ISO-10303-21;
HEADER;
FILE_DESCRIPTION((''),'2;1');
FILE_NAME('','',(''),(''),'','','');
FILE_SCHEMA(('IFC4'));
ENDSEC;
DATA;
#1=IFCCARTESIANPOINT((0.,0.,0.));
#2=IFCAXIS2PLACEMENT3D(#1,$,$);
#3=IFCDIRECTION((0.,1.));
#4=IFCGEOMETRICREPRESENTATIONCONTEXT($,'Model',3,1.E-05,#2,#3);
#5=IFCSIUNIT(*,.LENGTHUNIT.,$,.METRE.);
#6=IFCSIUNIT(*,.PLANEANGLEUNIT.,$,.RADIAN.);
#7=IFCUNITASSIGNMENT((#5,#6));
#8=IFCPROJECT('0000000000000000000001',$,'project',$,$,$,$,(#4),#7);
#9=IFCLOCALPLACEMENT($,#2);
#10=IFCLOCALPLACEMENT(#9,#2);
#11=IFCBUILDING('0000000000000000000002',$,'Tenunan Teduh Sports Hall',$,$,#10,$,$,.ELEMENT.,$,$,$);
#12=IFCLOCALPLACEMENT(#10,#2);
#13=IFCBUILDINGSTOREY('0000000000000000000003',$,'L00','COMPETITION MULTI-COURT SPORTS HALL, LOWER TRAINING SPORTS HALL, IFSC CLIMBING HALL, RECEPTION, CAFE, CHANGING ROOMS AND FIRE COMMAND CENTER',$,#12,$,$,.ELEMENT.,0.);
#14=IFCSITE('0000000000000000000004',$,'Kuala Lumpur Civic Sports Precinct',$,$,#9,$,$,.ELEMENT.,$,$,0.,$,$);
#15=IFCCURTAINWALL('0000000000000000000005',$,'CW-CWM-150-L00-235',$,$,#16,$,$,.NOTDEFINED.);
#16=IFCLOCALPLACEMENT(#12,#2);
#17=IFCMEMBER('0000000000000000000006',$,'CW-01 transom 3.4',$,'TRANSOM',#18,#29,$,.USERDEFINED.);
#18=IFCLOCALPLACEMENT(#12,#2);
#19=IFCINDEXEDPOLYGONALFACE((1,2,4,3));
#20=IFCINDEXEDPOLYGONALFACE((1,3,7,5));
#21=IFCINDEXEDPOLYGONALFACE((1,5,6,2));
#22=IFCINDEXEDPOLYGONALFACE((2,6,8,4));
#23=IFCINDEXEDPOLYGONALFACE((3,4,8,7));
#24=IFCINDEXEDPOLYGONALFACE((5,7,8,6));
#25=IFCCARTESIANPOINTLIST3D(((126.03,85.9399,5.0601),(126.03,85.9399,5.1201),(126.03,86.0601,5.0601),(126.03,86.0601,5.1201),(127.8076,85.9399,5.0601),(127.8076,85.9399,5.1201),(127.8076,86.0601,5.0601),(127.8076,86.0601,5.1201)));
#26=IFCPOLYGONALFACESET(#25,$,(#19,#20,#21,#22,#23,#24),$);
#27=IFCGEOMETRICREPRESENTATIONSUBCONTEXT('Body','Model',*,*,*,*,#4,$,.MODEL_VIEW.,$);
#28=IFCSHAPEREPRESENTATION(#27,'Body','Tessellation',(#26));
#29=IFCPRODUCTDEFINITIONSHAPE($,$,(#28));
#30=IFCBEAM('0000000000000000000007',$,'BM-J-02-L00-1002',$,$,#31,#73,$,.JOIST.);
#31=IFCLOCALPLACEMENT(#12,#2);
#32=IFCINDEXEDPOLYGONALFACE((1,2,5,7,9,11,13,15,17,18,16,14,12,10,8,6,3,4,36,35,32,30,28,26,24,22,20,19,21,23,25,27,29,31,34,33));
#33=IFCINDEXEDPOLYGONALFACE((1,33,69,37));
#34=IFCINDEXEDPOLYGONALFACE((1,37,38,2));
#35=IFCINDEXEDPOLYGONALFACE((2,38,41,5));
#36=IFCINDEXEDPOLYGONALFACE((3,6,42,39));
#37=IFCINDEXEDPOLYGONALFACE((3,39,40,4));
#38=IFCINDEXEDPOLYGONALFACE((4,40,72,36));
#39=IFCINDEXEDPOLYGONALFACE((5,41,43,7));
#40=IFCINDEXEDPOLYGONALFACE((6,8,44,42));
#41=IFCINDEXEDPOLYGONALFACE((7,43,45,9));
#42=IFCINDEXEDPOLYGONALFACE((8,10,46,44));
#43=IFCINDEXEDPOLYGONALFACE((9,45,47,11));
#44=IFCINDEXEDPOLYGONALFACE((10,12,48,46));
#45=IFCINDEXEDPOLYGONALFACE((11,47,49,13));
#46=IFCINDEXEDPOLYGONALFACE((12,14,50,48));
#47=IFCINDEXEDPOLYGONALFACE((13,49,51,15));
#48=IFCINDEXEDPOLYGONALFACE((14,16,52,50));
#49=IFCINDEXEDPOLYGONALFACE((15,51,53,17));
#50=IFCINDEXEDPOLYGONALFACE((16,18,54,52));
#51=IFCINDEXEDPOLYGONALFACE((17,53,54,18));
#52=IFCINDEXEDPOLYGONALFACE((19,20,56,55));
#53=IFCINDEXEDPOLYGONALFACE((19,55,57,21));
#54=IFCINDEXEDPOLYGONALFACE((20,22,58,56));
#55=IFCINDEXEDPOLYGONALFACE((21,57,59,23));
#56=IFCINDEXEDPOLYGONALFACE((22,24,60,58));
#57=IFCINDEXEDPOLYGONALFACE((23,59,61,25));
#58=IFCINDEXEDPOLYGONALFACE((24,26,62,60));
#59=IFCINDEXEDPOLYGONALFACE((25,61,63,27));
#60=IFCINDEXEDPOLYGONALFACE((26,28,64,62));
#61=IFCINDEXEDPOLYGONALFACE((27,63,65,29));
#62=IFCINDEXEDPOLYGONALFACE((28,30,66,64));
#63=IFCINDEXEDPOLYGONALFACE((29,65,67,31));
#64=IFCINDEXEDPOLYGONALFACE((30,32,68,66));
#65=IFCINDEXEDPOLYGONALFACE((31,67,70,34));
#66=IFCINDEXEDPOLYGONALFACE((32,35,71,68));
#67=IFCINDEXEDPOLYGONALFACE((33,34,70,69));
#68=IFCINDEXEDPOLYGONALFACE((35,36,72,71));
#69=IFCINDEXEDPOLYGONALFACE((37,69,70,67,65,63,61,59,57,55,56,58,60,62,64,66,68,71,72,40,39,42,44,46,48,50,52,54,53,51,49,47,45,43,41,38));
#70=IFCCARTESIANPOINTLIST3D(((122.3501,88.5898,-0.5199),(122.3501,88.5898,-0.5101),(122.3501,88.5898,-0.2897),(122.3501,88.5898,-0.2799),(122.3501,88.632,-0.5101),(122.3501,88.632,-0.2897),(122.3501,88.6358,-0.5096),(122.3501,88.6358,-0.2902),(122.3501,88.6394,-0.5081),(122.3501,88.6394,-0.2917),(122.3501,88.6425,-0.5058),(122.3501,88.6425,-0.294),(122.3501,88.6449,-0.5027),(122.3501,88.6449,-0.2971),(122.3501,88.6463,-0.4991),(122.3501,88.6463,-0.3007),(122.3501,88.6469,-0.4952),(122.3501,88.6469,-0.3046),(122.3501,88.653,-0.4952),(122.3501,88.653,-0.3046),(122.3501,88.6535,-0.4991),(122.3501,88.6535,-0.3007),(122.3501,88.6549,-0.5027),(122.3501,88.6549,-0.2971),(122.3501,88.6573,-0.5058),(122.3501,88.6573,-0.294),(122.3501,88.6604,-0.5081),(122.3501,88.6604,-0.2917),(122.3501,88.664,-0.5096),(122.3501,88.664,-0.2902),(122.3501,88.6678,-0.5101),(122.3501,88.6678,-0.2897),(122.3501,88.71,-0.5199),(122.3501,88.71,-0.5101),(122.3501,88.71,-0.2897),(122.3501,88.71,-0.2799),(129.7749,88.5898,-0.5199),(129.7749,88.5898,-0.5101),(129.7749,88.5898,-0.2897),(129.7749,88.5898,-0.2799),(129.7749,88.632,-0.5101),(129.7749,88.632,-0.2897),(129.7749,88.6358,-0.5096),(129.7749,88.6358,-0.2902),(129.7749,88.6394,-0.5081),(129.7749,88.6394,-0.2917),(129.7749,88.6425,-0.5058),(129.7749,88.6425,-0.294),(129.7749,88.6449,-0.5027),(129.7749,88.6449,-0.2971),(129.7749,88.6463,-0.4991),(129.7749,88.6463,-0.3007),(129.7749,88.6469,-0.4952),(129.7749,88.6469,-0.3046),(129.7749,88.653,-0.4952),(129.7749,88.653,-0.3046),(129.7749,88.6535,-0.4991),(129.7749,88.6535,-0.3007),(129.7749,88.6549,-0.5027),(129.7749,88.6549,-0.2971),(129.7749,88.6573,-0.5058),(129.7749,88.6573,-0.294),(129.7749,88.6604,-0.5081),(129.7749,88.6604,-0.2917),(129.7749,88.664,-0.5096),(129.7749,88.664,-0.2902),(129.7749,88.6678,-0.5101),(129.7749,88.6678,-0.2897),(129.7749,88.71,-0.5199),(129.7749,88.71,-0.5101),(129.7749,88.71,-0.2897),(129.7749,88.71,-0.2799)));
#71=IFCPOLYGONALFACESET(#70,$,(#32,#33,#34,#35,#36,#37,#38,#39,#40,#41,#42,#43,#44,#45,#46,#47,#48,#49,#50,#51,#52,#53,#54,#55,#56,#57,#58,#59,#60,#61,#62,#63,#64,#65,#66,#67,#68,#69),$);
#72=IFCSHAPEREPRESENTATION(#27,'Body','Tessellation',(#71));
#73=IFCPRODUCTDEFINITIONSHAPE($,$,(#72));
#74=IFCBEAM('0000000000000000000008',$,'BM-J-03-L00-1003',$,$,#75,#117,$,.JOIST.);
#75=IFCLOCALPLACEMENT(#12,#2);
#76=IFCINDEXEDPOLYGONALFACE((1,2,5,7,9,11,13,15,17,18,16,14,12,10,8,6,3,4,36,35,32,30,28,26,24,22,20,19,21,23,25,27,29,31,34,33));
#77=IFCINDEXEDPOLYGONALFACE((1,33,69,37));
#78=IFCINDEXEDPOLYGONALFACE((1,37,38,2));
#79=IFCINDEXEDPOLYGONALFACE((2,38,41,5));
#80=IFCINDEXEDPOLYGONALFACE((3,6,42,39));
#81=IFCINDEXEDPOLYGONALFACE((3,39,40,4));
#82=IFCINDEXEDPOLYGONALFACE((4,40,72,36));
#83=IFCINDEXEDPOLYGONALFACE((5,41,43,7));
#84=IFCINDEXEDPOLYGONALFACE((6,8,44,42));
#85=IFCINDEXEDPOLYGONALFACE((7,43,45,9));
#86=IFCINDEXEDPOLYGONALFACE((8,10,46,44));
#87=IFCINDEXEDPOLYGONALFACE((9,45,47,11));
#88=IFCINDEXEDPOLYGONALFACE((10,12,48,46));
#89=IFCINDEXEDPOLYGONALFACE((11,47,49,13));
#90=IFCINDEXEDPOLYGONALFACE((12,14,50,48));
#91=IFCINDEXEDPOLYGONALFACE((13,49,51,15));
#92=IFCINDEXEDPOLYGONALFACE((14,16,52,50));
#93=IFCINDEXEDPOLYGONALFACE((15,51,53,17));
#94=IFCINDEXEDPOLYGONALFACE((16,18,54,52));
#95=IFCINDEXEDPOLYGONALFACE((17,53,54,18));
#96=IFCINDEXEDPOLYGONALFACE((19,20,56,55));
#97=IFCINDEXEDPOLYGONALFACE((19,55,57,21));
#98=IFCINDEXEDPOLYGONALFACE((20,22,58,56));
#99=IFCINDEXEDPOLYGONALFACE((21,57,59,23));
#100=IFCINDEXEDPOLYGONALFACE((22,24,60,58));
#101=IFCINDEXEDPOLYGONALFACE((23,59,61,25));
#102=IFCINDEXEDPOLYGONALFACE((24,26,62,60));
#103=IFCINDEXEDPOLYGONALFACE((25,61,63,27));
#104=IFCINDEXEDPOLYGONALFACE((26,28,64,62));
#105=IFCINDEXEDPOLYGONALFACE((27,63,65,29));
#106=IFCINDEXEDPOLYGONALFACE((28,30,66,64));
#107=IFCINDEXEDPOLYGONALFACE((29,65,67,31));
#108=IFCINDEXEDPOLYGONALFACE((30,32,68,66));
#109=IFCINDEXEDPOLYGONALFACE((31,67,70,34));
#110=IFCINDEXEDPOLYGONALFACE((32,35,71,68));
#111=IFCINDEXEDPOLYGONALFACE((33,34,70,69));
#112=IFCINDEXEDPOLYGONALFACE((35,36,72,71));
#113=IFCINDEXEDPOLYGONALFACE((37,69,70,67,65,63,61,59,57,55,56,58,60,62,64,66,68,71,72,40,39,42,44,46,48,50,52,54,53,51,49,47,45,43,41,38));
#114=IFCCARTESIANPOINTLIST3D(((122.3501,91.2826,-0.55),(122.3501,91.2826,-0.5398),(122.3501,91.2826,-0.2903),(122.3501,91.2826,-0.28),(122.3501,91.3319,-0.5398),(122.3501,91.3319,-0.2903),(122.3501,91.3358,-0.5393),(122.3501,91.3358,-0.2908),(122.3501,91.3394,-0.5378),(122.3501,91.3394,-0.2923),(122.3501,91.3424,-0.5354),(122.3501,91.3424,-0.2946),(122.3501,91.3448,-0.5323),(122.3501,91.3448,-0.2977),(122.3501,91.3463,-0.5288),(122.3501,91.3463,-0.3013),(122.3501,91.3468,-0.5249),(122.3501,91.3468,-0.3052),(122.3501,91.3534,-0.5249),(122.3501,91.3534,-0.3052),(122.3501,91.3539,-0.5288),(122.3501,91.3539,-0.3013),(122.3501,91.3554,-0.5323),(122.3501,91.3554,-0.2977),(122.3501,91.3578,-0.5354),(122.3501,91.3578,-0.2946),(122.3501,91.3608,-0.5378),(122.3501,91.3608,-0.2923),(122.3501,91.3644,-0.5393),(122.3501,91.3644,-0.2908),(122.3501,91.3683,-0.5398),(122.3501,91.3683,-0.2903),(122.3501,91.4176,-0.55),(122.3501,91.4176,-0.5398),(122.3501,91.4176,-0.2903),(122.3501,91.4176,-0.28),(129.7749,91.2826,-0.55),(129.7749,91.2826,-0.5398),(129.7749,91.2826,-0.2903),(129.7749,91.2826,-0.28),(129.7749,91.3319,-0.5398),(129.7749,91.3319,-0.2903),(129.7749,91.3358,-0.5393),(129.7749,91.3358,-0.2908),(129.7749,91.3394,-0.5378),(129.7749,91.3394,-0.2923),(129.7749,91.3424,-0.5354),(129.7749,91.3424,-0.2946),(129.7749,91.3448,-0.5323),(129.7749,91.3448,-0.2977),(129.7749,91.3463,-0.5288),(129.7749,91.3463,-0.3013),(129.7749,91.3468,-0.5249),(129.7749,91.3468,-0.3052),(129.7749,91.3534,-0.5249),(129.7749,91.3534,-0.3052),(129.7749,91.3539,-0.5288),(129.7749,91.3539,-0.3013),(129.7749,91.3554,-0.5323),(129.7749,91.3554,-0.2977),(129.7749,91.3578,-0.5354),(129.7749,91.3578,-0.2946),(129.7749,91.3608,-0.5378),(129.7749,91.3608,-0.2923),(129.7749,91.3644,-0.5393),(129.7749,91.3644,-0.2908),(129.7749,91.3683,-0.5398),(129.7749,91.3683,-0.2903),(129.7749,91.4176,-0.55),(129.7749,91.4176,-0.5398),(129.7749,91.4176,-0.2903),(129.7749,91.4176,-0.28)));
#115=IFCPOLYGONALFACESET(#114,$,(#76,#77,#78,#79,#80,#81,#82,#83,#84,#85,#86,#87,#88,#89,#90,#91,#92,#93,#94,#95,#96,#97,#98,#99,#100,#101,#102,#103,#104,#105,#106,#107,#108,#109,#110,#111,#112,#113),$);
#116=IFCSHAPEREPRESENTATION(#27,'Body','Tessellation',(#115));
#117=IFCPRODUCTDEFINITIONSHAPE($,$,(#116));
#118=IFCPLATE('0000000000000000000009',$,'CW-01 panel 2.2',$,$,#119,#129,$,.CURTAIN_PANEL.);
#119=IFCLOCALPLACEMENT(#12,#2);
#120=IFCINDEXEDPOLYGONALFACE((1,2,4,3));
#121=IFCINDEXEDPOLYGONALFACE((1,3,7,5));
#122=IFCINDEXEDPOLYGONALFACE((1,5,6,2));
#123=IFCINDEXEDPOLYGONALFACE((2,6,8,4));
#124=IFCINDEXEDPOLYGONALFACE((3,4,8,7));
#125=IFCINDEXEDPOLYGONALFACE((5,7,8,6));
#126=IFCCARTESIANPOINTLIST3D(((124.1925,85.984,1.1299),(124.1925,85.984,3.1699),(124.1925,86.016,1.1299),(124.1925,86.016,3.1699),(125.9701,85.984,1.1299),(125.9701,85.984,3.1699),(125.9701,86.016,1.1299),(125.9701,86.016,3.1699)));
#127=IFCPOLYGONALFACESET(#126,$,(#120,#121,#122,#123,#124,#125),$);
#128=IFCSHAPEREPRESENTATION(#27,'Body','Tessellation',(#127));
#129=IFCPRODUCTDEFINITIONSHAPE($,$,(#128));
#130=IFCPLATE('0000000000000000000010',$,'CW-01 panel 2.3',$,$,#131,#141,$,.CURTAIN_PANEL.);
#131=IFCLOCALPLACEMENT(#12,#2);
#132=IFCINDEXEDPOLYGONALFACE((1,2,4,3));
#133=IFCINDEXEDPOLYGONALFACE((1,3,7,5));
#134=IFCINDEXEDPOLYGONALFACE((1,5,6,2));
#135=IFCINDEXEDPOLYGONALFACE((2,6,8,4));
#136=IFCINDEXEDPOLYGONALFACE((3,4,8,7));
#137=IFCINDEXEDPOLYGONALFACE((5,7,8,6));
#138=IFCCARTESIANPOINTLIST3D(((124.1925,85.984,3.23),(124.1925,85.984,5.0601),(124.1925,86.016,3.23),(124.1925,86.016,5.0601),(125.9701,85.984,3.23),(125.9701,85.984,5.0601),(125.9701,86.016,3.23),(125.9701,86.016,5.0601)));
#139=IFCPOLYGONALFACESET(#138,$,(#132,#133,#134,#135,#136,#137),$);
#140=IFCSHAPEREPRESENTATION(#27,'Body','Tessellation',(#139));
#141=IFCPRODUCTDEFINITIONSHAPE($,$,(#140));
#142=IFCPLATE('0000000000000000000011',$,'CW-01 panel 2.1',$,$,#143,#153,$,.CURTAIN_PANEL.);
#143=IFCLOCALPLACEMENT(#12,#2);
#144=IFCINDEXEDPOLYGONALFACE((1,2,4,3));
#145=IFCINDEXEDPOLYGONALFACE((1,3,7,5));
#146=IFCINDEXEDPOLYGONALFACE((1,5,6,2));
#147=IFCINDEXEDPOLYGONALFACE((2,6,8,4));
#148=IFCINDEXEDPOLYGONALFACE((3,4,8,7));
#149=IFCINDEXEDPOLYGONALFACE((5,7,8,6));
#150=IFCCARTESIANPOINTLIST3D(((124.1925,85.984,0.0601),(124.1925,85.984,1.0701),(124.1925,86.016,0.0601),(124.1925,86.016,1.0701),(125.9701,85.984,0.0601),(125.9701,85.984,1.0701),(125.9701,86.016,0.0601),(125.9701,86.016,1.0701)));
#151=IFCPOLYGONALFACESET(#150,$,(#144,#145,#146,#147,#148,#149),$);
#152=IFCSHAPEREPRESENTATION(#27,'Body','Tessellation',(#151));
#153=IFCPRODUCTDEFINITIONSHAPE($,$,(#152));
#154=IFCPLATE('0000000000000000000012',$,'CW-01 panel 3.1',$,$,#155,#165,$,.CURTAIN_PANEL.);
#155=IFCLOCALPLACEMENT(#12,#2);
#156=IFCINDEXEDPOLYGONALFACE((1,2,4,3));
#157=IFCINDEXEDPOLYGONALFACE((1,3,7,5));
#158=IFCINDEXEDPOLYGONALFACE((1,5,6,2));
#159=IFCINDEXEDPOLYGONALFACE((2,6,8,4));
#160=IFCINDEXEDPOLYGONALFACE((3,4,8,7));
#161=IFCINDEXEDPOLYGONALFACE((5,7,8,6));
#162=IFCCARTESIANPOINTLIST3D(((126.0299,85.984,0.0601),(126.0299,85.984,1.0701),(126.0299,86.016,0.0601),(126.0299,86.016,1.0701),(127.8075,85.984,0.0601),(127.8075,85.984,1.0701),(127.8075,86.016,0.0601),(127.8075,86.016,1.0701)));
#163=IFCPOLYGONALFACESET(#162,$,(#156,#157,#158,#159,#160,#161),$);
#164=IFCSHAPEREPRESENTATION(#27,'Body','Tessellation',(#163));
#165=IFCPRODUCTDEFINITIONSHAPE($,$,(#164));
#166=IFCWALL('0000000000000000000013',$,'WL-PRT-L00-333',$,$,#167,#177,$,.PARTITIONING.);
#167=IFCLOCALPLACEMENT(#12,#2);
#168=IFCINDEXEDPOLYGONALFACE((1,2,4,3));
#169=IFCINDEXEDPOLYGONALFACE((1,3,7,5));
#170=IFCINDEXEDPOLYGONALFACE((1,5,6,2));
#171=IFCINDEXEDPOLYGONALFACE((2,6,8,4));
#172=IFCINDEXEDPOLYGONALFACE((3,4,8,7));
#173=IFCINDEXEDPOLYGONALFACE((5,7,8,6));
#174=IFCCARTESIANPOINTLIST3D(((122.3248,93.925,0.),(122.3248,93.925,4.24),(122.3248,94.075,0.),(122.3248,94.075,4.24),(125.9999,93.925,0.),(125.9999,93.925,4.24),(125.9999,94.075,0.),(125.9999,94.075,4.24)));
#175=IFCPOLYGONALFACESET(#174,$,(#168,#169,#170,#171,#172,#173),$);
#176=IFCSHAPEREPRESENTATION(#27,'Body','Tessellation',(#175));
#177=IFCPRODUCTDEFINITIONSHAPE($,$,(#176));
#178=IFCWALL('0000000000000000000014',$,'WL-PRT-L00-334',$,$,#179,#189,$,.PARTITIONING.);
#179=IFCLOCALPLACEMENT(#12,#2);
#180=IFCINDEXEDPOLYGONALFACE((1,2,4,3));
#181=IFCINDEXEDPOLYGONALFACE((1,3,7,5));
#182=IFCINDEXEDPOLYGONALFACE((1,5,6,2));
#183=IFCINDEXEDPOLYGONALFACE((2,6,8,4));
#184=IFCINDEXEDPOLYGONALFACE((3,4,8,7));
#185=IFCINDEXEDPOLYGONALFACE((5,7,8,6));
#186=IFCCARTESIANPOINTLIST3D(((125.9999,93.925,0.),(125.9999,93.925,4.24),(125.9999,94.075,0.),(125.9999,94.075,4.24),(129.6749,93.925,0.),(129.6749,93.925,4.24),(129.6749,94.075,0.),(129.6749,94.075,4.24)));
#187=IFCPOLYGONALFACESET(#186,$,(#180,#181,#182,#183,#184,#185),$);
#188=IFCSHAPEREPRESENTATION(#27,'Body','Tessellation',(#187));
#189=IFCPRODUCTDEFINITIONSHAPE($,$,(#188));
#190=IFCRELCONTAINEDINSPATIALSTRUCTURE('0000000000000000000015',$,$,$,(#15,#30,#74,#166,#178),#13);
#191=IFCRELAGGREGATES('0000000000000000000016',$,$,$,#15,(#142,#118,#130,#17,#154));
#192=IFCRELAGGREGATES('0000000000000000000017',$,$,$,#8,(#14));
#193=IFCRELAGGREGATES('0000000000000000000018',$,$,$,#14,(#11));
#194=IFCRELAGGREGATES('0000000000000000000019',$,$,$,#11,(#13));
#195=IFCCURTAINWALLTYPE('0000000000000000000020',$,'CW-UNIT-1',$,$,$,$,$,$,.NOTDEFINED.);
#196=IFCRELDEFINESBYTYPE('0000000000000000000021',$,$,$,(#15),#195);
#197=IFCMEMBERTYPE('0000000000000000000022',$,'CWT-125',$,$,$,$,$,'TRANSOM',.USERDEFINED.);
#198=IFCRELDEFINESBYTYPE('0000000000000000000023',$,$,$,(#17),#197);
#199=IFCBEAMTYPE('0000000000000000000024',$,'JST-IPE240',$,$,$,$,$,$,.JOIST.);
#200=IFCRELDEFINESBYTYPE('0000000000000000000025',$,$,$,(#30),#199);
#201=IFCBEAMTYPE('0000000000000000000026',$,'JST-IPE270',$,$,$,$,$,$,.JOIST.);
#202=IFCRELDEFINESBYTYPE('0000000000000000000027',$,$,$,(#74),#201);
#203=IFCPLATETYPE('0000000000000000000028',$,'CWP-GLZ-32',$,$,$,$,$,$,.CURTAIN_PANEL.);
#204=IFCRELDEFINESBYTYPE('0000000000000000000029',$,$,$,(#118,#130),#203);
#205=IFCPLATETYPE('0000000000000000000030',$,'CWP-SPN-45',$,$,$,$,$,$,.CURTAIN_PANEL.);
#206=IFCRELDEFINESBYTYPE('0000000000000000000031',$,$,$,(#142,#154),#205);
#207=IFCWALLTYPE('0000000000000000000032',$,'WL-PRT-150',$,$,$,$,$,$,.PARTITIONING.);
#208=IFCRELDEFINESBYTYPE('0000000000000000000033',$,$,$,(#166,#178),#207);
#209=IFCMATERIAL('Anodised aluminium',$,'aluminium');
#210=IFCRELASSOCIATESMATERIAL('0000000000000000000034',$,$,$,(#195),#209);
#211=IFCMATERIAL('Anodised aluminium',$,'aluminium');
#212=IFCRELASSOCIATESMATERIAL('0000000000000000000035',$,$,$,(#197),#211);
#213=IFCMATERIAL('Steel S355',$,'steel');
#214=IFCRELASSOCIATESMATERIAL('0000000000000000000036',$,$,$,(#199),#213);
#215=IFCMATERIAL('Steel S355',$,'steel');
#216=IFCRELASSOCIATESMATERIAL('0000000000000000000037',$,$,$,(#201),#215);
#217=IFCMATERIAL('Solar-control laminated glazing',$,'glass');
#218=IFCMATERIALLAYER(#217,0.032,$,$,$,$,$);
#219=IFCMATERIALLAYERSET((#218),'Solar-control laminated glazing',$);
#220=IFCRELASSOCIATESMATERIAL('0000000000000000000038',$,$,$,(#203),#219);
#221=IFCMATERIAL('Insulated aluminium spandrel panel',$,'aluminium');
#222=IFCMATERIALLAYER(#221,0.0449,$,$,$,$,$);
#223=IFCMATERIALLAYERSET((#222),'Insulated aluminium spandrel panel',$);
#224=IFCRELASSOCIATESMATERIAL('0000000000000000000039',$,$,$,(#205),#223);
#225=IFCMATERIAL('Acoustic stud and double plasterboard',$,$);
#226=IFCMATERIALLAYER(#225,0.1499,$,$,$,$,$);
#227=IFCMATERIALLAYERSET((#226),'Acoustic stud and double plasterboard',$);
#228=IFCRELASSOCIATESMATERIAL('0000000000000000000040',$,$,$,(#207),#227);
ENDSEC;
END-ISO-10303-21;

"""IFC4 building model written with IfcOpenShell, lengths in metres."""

from ifc_helpers import new_model, si_unit, direction, frame, frame_2d, origin, origin_2d, place, context, subcontext, project, spatial, rectangle, i_section, extrude, material, layer, layer_set, material_profile, profile_set, type_object, element, aggregate, save


model = new_model("IFC4")

# Units and contexts
model_context = context("Model", 3, precision=1e-05, world=origin(), true_north=direction((0.0, 1.0)))
body_context = subcontext(model_context, "Body", "Model", "MODEL_VIEW")
ifc_project = project(units=[si_unit("LENGTHUNIT", "METRE"), si_unit("PLANEANGLEUNIT", "RADIAN")], contexts=[model_context])

# Site, building, storey
site_placement = place(None, origin())
site = spatial("IfcSite", under=ifc_project, at=site_placement, Name="Kuala Lumpur Civic Sports Precinct", CompositionType="ELEMENT", RefElevation=0.0)
building_placement = place(site_placement, origin())
building = spatial("IfcBuilding", under=site, at=building_placement, Name="Tenunan Teduh Sports Hall", CompositionType="ELEMENT")
storey_placement = place(building_placement, origin())
storey = spatial("IfcBuildingStorey", under=building, at=storey_placement, Name="L00", Description="COMPETITION MULTI-COURT SPORTS HALL, LOWER TRAINING SPORTS HALL, IFSC CLIMBING HALL, RECEPTION, CAFE, CHANGING ROOMS AND FIRE COMMAND CENTER", CompositionType="ELEMENT", Elevation=0.0)

# Curtain wall, member
ifc_material_1 = material(Name="Anodised aluminium", Category="aluminium")
curtain_wall_type = type_object("IfcCurtainWallType", Name="CW-UNIT-1", PredefinedType="NOTDEFINED", material=ifc_material_1)
curtain_wall_placement = place(storey_placement, origin())
curtain_wall = element("IfcCurtainWall", 1, at=curtain_wall_placement, inside=storey, type_object=curtain_wall_type, Name="CW-CWM-150-L00-235", PredefinedType="NOTDEFINED")
ifc_material_2 = material(Name="Anodised aluminium", Category="aluminium")
ifc_material_profile_1 = material_profile(ifc_material_2, rectangle(XDim=0.0601, YDim=0.1201, at=origin_2d()), Name="CWT 60x120")
ifc_profile_set_1 = profile_set([ifc_material_profile_1], Name="Anodised aluminium")
member_type_1 = type_object("IfcMemberType", Name="CWT-125", ElementType="TRANSOM", PredefinedType="USERDEFINED", material=ifc_profile_set_1)
member_1_placement = place(storey_placement, frame((126.03, 86.0, 5.0901), z_axis=(1.0, 0.0, 0.0), x_axis=(0.0, 0.0, 1.0)))
member_1 = element("IfcMember", 2, at=member_1_placement, type_object=member_type_1, Name="CW-01 transom 3.4", ObjectType="TRANSOM", PredefinedType="USERDEFINED", context=body_context, shape_type="SweptSolid", body=[
    extrude(rectangle(XDim=0.0601, YDim=0.1201, at=origin_2d()), origin(), (0.0, 0.0, 1.0), 1.7776),
])

# Beams
ifc_material_3 = material(Name="Steel S355", Category="steel")
ifc_material_profile_2 = material_profile(ifc_material_3, i_section(OverallWidth=0.1201, OverallDepth=0.24, WebThickness=0.0061, FlangeThickness=0.0098, FilletRadius=0.0149, at=origin_2d()), Name="IPE 240")
ifc_profile_set_2 = profile_set([ifc_material_profile_2], Name="Steel S355")
beam_type_1 = type_object("IfcBeamType", Name="JST-IPE240", PredefinedType="JOIST", material=ifc_profile_set_2)
beam_1_placement = place(storey_placement, frame((122.3501, 88.6499, -0.3999), z_axis=(1.0, 0.0, 0.0), x_axis=(0.0, 1.0, 0.0)))
element("IfcBeam", 3, at=beam_1_placement, inside=storey, type_object=beam_type_1, Name="BM-J-02-L00-1002", PredefinedType="JOIST", context=body_context, shape_type="SweptSolid", body=[
    extrude(i_section(OverallWidth=0.1201, OverallDepth=0.24, WebThickness=0.0061, FlangeThickness=0.0098, FilletRadius=0.0149, at=origin_2d()), origin(), (0.0, 0.0, 1.0), 7.4248),
])
ifc_material_4 = material(Name="Steel S355", Category="steel")
ifc_material_profile_3 = material_profile(ifc_material_4, i_section(OverallWidth=0.135, OverallDepth=0.27, WebThickness=0.0066, FlangeThickness=0.0103, FilletRadius=0.0149, at=origin_2d()), Name="IPE 270")
ifc_profile_set_3 = profile_set([ifc_material_profile_3], Name="Steel S355")
beam_type_2 = type_object("IfcBeamType", Name="JST-IPE270", PredefinedType="JOIST", material=ifc_profile_set_3)
beam_2_placement = place(storey_placement, frame((122.3501, 91.3501, -0.415), z_axis=(1.0, 0.0, 0.0), x_axis=(0.0, 1.0, 0.0)))
element("IfcBeam", 4, at=beam_2_placement, inside=storey, type_object=beam_type_2, Name="BM-J-03-L00-1003", PredefinedType="JOIST", context=body_context, shape_type="SweptSolid", body=[
    extrude(i_section(OverallWidth=0.135, OverallDepth=0.27, WebThickness=0.0066, FlangeThickness=0.0103, FilletRadius=0.0149, at=origin_2d()), origin(), (0.0, 0.0, 1.0), 7.4248),
])

# Plates
ifc_material_5 = material(Name="Solar-control laminated glazing", Category="glass")
ifc_layer_1 = layer(ifc_material_5, 0.032)
ifc_layer_set_1 = layer_set([ifc_layer_1], Name="Solar-control laminated glazing")
plate_type_1 = type_object("IfcPlateType", Name="CWP-GLZ-32", PredefinedType="CURTAIN_PANEL", material=ifc_layer_set_1)
plate_1_placement = place(storey_placement, frame((125.0813, 86.0, 1.1299), z_axis=(0.0, 0.0, 1.0), x_axis=(1.0, 0.0, 0.0)))
plate_1 = element("IfcPlate", 5, at=plate_1_placement, type_object=plate_type_1, Name="CW-01 panel 2.2", PredefinedType="CURTAIN_PANEL", context=body_context, shape_type="SweptSolid", body=[
    extrude(rectangle(XDim=1.7776, YDim=0.032, at=origin_2d()), origin(), (0.0, 0.0, 1.0), 2.04),
])
plate_2_placement = place(storey_placement, frame((125.0813, 86.0, 3.23), z_axis=(0.0, 0.0, 1.0), x_axis=(1.0, 0.0, 0.0)))
plate_2 = element("IfcPlate", 6, at=plate_2_placement, type_object=plate_type_1, Name="CW-01 panel 2.3", PredefinedType="CURTAIN_PANEL", context=body_context, shape_type="SweptSolid", body=[
    extrude(rectangle(XDim=1.7776, YDim=0.032, at=origin_2d()), origin(), (0.0, 0.0, 1.0), 1.8301),
])
ifc_material_6 = material(Name="Insulated aluminium spandrel panel", Category="aluminium")
ifc_layer_2 = layer(ifc_material_6, 0.0449)
ifc_layer_set_2 = layer_set([ifc_layer_2], Name="Insulated aluminium spandrel panel")
plate_type_2 = type_object("IfcPlateType", Name="CWP-SPN-45", PredefinedType="CURTAIN_PANEL", material=ifc_layer_set_2)
plate_3_placement = place(storey_placement, frame((125.0813, 86.0, 0.0601), z_axis=(0.0, 0.0, 1.0), x_axis=(1.0, 0.0, 0.0)))
plate_3 = element("IfcPlate", 7, at=plate_3_placement, type_object=plate_type_2, Name="CW-01 panel 2.1", PredefinedType="CURTAIN_PANEL", context=body_context, shape_type="SweptSolid", body=[
    extrude(rectangle(XDim=1.7776, YDim=0.032, at=origin_2d()), origin(), (0.0, 0.0, 1.0), 1.01),
])
plate_4_placement = place(storey_placement, frame((126.9187, 86.0, 0.0601), z_axis=(0.0, 0.0, 1.0), x_axis=(1.0, 0.0, 0.0)))
plate_4 = element("IfcPlate", 8, at=plate_4_placement, type_object=plate_type_2, Name="CW-01 panel 3.1", PredefinedType="CURTAIN_PANEL", context=body_context, shape_type="SweptSolid", body=[
    extrude(rectangle(XDim=1.7776, YDim=0.032, at=origin_2d()), origin(), (0.0, 0.0, 1.0), 1.01),
])
aggregate(curtain_wall, [plate_3, plate_1, plate_2, member_1, plate_4])

# Walls
ifc_material_7 = material(Name="Acoustic stud and double plasterboard")
ifc_layer_3 = layer(ifc_material_7, 0.1499)
ifc_layer_set_3 = layer_set([ifc_layer_3], Name="Acoustic stud and double plasterboard")
wall_type = type_object("IfcWallType", Name="WL-PRT-150", PredefinedType="PARTITIONING", material=ifc_layer_set_3)
for number, where, z_axis, x_axis, name in (
    (9, (122.325, 94.0, 0.0), (0.0, 0.0, 1.0), (1.0, 0.0, 0.0), "WL-PRT-L00-333"),
    (10, (126.0, 94.0, 0.0), (0.0, 0.0, 1.0), (1.0, 0.0, 0.0), "WL-PRT-L00-334"),
):
    element("IfcWall", number, at=place(storey_placement, frame(where, z_axis=z_axis, x_axis=x_axis)), inside=storey, type_object=wall_type, Name=name, PredefinedType="PARTITIONING", context=body_context, shape_type="SweptSolid", body=[
        extrude(rectangle(XDim=3.675, YDim=0.1499, at=frame_2d((1.8374, 0.0))), origin(), (0.0, 0.0, 1.0), 4.24),
    ])

save(model, "model.ifc")
